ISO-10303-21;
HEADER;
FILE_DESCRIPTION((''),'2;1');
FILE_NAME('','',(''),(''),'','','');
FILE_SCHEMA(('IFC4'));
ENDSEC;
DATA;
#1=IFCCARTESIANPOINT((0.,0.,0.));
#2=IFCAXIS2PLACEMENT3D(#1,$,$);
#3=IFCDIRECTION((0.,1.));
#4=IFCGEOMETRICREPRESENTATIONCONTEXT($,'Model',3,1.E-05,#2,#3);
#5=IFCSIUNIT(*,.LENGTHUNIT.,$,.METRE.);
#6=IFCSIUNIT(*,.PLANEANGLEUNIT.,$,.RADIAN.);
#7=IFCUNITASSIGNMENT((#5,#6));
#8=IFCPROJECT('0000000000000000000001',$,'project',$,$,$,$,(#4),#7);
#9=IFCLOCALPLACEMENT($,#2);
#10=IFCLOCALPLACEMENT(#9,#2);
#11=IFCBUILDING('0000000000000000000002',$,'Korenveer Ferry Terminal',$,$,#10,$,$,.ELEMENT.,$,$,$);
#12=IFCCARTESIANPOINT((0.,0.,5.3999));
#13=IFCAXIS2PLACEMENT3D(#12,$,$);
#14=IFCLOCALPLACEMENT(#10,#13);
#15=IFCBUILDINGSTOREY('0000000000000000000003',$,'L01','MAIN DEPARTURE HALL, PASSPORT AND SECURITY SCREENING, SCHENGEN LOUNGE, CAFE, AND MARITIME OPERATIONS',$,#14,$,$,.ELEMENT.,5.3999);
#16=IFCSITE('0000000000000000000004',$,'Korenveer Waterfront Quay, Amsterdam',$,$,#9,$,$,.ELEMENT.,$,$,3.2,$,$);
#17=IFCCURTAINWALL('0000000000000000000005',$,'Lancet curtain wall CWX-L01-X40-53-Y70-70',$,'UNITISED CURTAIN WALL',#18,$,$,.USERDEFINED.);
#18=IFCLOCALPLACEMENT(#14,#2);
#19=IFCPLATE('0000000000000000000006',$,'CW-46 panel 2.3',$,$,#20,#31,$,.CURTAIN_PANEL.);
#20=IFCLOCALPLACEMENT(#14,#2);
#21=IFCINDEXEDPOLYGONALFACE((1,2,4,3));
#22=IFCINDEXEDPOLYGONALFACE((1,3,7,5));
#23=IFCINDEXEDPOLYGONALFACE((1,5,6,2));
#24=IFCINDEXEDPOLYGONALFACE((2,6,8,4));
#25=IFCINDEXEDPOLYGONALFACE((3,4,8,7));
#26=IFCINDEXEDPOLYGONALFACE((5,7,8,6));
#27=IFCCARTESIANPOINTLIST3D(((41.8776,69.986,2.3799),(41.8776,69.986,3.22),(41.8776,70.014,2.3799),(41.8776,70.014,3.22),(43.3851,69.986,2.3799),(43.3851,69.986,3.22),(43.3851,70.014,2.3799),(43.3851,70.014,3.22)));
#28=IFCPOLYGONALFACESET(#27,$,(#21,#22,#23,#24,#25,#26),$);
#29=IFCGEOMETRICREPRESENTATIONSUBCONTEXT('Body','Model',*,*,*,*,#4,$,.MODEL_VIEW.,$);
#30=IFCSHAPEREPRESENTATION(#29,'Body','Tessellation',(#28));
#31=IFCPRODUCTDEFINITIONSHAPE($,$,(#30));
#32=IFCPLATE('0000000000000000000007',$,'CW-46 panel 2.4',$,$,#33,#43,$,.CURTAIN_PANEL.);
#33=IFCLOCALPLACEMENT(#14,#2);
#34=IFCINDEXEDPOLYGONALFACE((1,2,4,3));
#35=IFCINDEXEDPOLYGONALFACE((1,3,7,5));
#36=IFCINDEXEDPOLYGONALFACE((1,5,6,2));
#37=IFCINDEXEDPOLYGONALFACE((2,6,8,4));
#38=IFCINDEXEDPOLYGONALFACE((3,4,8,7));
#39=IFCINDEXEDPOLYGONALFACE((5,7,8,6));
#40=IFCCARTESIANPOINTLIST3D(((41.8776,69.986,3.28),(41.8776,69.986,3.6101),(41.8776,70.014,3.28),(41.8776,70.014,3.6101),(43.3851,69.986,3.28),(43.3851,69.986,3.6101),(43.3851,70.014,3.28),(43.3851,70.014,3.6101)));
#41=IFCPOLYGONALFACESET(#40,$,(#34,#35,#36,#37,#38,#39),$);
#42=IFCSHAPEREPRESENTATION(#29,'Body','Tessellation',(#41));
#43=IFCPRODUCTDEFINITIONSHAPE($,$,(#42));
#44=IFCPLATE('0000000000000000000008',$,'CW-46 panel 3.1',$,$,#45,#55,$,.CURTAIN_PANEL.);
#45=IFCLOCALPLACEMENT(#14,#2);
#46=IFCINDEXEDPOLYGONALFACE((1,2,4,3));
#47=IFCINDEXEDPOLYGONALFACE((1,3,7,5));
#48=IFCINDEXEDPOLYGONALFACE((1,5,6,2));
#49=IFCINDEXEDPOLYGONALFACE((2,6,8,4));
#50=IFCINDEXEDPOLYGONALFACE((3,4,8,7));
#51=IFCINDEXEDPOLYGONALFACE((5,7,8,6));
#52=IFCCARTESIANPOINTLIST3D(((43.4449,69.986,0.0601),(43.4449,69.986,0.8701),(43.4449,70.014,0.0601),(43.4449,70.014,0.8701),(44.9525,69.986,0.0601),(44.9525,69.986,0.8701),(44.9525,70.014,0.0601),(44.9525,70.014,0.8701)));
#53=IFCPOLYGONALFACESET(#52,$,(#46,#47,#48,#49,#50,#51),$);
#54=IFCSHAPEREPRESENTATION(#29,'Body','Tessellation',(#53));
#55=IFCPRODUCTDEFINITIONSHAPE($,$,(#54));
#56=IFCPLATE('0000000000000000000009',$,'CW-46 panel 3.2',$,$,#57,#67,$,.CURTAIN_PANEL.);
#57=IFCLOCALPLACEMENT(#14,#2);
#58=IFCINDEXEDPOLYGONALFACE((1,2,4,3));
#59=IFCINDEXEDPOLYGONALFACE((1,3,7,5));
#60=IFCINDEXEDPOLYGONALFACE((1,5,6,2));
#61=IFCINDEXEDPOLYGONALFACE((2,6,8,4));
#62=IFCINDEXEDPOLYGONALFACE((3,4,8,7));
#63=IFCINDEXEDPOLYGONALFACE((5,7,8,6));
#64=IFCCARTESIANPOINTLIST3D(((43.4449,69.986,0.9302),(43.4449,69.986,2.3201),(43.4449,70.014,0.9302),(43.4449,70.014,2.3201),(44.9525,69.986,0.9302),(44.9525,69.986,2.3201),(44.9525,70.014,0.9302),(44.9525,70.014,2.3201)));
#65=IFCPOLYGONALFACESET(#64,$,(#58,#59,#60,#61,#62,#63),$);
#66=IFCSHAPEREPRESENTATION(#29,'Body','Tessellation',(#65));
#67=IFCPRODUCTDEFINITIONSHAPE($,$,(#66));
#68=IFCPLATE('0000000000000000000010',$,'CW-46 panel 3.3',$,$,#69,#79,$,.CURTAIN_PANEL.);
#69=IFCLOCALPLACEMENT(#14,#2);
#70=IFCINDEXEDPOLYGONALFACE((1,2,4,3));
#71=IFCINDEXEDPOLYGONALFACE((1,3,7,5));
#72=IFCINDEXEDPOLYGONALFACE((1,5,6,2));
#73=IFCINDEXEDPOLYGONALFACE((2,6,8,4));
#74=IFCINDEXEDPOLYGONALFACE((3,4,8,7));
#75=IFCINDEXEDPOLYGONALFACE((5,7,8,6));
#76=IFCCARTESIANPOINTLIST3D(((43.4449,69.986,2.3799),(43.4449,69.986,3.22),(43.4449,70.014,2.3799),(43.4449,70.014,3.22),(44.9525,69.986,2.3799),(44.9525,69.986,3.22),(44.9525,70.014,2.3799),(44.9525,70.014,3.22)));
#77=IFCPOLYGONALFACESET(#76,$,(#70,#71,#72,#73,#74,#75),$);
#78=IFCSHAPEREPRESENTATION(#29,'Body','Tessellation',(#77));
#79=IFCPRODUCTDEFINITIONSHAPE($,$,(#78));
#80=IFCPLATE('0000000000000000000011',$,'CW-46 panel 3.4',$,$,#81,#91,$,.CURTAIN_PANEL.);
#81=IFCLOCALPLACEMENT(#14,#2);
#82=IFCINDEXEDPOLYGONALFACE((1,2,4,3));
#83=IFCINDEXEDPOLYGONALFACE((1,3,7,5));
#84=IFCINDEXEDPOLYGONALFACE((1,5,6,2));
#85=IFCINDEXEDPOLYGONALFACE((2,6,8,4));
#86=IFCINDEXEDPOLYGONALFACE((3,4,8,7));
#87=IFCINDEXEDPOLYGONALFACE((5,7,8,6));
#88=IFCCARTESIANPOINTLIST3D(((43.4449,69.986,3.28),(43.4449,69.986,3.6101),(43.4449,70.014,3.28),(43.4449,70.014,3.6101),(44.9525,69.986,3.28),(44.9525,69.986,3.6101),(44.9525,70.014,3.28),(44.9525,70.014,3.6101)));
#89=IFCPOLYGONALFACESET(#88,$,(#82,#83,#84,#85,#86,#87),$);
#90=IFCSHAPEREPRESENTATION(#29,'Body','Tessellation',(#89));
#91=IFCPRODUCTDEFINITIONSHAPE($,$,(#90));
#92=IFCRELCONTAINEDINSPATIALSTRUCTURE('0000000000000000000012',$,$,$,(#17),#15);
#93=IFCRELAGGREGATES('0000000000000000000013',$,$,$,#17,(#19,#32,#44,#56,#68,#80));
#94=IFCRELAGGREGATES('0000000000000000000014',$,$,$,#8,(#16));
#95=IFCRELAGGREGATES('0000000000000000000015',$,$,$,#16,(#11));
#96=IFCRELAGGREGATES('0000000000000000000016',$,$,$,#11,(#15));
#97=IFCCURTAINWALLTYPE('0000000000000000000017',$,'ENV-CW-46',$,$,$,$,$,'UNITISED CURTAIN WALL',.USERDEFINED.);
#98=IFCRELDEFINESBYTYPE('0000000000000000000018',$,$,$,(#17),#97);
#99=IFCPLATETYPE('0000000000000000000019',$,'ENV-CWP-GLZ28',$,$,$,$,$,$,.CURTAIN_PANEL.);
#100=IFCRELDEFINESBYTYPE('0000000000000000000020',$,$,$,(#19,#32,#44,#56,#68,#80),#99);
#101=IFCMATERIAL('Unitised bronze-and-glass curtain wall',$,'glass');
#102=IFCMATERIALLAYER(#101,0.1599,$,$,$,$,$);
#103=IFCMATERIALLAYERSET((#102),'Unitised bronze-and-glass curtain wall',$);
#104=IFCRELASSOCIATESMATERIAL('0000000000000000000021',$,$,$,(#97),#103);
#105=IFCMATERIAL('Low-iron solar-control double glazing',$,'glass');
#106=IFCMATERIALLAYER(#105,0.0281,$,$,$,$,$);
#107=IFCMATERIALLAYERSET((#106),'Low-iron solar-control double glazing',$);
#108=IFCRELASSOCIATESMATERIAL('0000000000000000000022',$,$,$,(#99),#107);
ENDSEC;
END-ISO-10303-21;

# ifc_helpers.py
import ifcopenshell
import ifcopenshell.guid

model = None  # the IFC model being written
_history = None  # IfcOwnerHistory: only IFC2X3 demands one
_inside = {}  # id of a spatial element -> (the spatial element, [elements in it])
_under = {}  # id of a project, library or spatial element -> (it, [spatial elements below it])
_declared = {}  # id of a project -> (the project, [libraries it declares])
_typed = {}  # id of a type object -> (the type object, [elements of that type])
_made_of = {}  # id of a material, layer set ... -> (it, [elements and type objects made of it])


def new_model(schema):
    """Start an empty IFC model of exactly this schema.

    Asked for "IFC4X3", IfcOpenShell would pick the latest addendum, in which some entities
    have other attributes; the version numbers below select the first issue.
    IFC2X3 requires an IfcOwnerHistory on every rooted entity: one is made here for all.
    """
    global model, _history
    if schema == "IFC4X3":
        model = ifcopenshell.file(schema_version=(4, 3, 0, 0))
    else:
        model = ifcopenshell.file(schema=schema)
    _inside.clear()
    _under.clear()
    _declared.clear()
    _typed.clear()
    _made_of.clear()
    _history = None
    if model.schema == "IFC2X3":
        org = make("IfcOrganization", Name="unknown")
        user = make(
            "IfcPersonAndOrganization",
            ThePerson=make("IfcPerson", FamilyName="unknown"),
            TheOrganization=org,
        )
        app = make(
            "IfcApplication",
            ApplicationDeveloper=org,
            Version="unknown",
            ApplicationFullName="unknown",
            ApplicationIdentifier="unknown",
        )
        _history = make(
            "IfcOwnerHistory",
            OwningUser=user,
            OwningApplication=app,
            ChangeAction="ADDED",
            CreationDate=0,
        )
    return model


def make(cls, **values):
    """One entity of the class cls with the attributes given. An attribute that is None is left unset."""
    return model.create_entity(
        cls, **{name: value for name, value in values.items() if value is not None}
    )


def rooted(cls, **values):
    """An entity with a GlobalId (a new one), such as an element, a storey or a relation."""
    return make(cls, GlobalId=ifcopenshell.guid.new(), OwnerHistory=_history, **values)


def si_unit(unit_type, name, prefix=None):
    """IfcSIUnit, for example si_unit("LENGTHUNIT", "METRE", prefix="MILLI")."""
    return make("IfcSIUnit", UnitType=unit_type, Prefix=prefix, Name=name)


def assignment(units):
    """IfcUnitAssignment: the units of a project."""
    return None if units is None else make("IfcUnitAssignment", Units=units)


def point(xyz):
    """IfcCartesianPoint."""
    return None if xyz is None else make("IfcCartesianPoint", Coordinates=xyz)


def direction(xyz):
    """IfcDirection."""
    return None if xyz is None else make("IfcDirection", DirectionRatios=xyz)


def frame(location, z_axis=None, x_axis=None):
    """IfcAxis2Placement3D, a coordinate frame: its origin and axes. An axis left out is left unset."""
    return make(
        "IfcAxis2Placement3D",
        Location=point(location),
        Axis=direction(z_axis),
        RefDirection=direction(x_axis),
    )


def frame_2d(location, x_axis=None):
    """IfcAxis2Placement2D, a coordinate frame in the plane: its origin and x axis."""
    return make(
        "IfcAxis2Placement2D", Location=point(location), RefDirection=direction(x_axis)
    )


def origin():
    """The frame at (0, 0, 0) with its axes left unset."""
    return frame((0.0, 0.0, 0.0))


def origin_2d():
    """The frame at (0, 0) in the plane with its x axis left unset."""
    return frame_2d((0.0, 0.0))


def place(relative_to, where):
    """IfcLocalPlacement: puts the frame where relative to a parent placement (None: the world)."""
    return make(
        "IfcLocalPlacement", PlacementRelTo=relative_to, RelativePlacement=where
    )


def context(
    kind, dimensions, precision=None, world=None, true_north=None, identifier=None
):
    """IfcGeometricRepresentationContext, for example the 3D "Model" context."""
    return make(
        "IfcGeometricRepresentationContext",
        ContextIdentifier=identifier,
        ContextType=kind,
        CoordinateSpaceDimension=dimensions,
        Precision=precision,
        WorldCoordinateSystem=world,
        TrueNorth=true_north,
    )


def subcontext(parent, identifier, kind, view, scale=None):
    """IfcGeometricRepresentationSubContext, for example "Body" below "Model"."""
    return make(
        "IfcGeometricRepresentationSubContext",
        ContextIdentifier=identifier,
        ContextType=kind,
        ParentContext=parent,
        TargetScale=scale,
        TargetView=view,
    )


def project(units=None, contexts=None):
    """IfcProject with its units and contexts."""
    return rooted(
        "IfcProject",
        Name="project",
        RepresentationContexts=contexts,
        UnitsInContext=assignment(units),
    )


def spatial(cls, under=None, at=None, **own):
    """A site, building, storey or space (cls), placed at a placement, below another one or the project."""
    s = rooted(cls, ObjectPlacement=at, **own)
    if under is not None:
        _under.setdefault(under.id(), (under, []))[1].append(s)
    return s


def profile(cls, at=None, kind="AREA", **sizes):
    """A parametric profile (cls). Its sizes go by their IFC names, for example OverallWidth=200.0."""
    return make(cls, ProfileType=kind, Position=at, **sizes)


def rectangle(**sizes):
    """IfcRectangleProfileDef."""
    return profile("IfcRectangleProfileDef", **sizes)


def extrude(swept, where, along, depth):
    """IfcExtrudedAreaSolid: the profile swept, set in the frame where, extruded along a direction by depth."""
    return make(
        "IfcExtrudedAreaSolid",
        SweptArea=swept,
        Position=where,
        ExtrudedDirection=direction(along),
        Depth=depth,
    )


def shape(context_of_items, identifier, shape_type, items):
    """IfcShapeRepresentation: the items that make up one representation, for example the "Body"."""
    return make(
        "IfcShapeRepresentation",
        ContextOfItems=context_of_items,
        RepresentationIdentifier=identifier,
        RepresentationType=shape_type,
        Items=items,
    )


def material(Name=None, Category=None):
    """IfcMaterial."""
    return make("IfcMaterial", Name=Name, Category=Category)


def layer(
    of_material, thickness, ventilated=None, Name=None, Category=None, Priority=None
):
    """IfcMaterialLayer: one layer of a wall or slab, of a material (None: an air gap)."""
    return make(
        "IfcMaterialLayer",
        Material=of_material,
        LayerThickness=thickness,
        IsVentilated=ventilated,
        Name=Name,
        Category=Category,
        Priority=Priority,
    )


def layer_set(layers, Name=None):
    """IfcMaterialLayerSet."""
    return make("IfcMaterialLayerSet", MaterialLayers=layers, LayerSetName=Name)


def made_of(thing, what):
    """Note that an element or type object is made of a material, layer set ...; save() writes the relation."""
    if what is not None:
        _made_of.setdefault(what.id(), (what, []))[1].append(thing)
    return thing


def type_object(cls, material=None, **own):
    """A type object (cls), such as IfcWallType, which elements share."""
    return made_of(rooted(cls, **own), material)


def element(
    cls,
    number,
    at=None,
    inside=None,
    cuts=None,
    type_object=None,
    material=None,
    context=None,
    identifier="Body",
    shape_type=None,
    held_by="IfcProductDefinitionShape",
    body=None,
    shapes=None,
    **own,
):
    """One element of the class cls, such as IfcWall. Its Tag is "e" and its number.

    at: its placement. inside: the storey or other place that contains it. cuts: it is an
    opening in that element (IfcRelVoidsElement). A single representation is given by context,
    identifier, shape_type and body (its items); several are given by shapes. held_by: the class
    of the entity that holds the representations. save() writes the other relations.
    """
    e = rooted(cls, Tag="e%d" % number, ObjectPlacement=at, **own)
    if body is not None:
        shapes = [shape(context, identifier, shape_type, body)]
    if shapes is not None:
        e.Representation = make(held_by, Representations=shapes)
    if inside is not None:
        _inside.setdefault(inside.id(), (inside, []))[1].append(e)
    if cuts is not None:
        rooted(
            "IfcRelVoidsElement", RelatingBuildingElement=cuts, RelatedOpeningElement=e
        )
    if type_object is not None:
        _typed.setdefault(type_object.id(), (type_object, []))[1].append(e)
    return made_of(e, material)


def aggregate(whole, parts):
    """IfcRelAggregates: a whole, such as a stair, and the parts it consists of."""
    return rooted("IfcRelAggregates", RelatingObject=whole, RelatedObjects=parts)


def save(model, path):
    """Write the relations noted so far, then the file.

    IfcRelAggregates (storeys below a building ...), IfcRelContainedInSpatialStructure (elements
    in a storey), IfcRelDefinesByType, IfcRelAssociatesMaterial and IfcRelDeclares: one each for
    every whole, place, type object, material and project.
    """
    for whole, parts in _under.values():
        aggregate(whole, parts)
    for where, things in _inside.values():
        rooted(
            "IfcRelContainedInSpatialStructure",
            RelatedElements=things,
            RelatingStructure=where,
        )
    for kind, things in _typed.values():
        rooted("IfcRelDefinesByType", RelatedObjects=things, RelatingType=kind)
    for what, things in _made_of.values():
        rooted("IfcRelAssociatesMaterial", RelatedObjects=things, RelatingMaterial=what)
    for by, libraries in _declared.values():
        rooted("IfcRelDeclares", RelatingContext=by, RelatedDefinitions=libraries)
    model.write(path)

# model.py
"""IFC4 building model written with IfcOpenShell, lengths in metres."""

from ifc_helpers import new_model, si_unit, direction, frame, origin, origin_2d, place, context, subcontext, project, spatial, rectangle, extrude, material, layer, layer_set, type_object, element, aggregate, save


model = new_model("IFC4")

# Units and contexts
model_context = context("Model", 3, precision=1e-05, world=origin(), true_north=direction((0.0, 1.0)))
body_context = subcontext(model_context, "Body", "Model", "MODEL_VIEW")
ifc_project = project(units=[si_unit("LENGTHUNIT", "METRE"), si_unit("PLANEANGLEUNIT", "RADIAN")], contexts=[model_context])

# Site, building, storey
site_placement = place(None, origin())
site = spatial("IfcSite", under=ifc_project, at=site_placement, Name="Korenveer Waterfront Quay, Amsterdam", CompositionType="ELEMENT", RefElevation=3.2)
building_placement = place(site_placement, origin())
building = spatial("IfcBuilding", under=site, at=building_placement, Name="Korenveer Ferry Terminal", CompositionType="ELEMENT")
storey_placement = place(building_placement, frame((0.0, 0.0, 5.3999)))
storey = spatial("IfcBuildingStorey", under=building, at=storey_placement, Name="L01", Description="MAIN DEPARTURE HALL, PASSPORT AND SECURITY SCREENING, SCHENGEN LOUNGE, CAFE, AND MARITIME OPERATIONS", CompositionType="ELEMENT", Elevation=5.3999)

# Curtain wall, plates
ifc_material_1 = material(Name="Unitised bronze-and-glass curtain wall", Category="glass")
ifc_layer_1 = layer(ifc_material_1, 0.1599)
ifc_layer_set_1 = layer_set([ifc_layer_1], Name="Unitised bronze-and-glass curtain wall")
curtain_wall_type = type_object("IfcCurtainWallType", Name="ENV-CW-46", ElementType="UNITISED CURTAIN WALL", PredefinedType="USERDEFINED", material=ifc_layer_set_1)
curtain_wall_placement = place(storey_placement, frame((40.28, 70.0, 0.0)))
curtain_wall = element("IfcCurtainWall", 1, at=curtain_wall_placement, inside=storey, type_object=curtain_wall_type, Name="Lancet curtain wall CWX-L01-X40-53-Y70-70", ObjectType="UNITISED CURTAIN WALL", PredefinedType="USERDEFINED")
ifc_material_2 = material(Name="Low-iron solar-control double glazing", Category="glass")
ifc_layer_2 = layer(ifc_material_2, 0.0281)
ifc_layer_set_2 = layer_set([ifc_layer_2], Name="Low-iron solar-control double glazing")
plate_type = type_object("IfcPlateType", Name="ENV-CWP-GLZ28", PredefinedType="CURTAIN_PANEL", material=ifc_layer_set_2)
plate_1_placement = place(storey_placement, frame((42.6313, 70.0, 2.3799), z_axis=(0.0, 0.0, 1.0), x_axis=(1.0, 0.0, 0.0)))
plate_1 = element("IfcPlate", 2, at=plate_1_placement, type_object=plate_type, Name="CW-46 panel 2.3", PredefinedType="CURTAIN_PANEL", context=body_context, shape_type="SweptSolid", body=[
    extrude(rectangle(XDim=1.5076, YDim=0.0281, at=origin_2d()), origin(), (0.0, 0.0, 1.0), 0.8401),
])
plate_2_placement = place(storey_placement, frame((42.6313, 70.0, 3.28), z_axis=(0.0, 0.0, 1.0), x_axis=(1.0, 0.0, 0.0)))
plate_2 = element("IfcPlate", 3, at=plate_2_placement, type_object=plate_type, Name="CW-46 panel 2.4", PredefinedType="CURTAIN_PANEL", context=body_context, shape_type="SweptSolid", body=[
    extrude(rectangle(XDim=1.5076, YDim=0.0281, at=origin_2d()), origin(), (0.0, 0.0, 1.0), 0.3301),
])
plate_3_placement = place(storey_placement, frame((44.1987, 70.0, 0.0601), z_axis=(0.0, 0.0, 1.0), x_axis=(1.0, 0.0, 0.0)))
plate_3 = element("IfcPlate", 4, at=plate_3_placement, type_object=plate_type, Name="CW-46 panel 3.1", PredefinedType="CURTAIN_PANEL", context=body_context, shape_type="SweptSolid", body=[
    extrude(rectangle(XDim=1.5076, YDim=0.0281, at=origin_2d()), origin(), (0.0, 0.0, 1.0), 0.8101),
])
plate_4_placement = place(storey_placement, frame((44.1987, 70.0, 0.9302), z_axis=(0.0, 0.0, 1.0), x_axis=(1.0, 0.0, 0.0)))
plate_4 = element("IfcPlate", 5, at=plate_4_placement, type_object=plate_type, Name="CW-46 panel 3.2", PredefinedType="CURTAIN_PANEL", context=body_context, shape_type="SweptSolid", body=[
    extrude(rectangle(XDim=1.5076, YDim=0.0281, at=origin_2d()), origin(), (0.0, 0.0, 1.0), 1.3899),
])
plate_5_placement = place(storey_placement, frame((44.1987, 70.0, 2.3799), z_axis=(0.0, 0.0, 1.0), x_axis=(1.0, 0.0, 0.0)))
plate_5 = element("IfcPlate", 6, at=plate_5_placement, type_object=plate_type, Name="CW-46 panel 3.3", PredefinedType="CURTAIN_PANEL", context=body_context, shape_type="SweptSolid", body=[
    extrude(rectangle(XDim=1.5076, YDim=0.0281, at=origin_2d()), origin(), (0.0, 0.0, 1.0), 0.8401),
])
plate_6_placement = place(storey_placement, frame((44.1987, 70.0, 3.28), z_axis=(0.0, 0.0, 1.0), x_axis=(1.0, 0.0, 0.0)))
plate_6 = element("IfcPlate", 7, at=plate_6_placement, type_object=plate_type, Name="CW-46 panel 3.4", PredefinedType="CURTAIN_PANEL", context=body_context, shape_type="SweptSolid", body=[
    extrude(rectangle(XDim=1.5076, YDim=0.0281, at=origin_2d()), origin(), (0.0, 0.0, 1.0), 0.3301),
])
aggregate(curtain_wall, [plate_1, plate_2, plate_3, plate_4, plate_5, plate_6])

save(model, "model.ifc")
